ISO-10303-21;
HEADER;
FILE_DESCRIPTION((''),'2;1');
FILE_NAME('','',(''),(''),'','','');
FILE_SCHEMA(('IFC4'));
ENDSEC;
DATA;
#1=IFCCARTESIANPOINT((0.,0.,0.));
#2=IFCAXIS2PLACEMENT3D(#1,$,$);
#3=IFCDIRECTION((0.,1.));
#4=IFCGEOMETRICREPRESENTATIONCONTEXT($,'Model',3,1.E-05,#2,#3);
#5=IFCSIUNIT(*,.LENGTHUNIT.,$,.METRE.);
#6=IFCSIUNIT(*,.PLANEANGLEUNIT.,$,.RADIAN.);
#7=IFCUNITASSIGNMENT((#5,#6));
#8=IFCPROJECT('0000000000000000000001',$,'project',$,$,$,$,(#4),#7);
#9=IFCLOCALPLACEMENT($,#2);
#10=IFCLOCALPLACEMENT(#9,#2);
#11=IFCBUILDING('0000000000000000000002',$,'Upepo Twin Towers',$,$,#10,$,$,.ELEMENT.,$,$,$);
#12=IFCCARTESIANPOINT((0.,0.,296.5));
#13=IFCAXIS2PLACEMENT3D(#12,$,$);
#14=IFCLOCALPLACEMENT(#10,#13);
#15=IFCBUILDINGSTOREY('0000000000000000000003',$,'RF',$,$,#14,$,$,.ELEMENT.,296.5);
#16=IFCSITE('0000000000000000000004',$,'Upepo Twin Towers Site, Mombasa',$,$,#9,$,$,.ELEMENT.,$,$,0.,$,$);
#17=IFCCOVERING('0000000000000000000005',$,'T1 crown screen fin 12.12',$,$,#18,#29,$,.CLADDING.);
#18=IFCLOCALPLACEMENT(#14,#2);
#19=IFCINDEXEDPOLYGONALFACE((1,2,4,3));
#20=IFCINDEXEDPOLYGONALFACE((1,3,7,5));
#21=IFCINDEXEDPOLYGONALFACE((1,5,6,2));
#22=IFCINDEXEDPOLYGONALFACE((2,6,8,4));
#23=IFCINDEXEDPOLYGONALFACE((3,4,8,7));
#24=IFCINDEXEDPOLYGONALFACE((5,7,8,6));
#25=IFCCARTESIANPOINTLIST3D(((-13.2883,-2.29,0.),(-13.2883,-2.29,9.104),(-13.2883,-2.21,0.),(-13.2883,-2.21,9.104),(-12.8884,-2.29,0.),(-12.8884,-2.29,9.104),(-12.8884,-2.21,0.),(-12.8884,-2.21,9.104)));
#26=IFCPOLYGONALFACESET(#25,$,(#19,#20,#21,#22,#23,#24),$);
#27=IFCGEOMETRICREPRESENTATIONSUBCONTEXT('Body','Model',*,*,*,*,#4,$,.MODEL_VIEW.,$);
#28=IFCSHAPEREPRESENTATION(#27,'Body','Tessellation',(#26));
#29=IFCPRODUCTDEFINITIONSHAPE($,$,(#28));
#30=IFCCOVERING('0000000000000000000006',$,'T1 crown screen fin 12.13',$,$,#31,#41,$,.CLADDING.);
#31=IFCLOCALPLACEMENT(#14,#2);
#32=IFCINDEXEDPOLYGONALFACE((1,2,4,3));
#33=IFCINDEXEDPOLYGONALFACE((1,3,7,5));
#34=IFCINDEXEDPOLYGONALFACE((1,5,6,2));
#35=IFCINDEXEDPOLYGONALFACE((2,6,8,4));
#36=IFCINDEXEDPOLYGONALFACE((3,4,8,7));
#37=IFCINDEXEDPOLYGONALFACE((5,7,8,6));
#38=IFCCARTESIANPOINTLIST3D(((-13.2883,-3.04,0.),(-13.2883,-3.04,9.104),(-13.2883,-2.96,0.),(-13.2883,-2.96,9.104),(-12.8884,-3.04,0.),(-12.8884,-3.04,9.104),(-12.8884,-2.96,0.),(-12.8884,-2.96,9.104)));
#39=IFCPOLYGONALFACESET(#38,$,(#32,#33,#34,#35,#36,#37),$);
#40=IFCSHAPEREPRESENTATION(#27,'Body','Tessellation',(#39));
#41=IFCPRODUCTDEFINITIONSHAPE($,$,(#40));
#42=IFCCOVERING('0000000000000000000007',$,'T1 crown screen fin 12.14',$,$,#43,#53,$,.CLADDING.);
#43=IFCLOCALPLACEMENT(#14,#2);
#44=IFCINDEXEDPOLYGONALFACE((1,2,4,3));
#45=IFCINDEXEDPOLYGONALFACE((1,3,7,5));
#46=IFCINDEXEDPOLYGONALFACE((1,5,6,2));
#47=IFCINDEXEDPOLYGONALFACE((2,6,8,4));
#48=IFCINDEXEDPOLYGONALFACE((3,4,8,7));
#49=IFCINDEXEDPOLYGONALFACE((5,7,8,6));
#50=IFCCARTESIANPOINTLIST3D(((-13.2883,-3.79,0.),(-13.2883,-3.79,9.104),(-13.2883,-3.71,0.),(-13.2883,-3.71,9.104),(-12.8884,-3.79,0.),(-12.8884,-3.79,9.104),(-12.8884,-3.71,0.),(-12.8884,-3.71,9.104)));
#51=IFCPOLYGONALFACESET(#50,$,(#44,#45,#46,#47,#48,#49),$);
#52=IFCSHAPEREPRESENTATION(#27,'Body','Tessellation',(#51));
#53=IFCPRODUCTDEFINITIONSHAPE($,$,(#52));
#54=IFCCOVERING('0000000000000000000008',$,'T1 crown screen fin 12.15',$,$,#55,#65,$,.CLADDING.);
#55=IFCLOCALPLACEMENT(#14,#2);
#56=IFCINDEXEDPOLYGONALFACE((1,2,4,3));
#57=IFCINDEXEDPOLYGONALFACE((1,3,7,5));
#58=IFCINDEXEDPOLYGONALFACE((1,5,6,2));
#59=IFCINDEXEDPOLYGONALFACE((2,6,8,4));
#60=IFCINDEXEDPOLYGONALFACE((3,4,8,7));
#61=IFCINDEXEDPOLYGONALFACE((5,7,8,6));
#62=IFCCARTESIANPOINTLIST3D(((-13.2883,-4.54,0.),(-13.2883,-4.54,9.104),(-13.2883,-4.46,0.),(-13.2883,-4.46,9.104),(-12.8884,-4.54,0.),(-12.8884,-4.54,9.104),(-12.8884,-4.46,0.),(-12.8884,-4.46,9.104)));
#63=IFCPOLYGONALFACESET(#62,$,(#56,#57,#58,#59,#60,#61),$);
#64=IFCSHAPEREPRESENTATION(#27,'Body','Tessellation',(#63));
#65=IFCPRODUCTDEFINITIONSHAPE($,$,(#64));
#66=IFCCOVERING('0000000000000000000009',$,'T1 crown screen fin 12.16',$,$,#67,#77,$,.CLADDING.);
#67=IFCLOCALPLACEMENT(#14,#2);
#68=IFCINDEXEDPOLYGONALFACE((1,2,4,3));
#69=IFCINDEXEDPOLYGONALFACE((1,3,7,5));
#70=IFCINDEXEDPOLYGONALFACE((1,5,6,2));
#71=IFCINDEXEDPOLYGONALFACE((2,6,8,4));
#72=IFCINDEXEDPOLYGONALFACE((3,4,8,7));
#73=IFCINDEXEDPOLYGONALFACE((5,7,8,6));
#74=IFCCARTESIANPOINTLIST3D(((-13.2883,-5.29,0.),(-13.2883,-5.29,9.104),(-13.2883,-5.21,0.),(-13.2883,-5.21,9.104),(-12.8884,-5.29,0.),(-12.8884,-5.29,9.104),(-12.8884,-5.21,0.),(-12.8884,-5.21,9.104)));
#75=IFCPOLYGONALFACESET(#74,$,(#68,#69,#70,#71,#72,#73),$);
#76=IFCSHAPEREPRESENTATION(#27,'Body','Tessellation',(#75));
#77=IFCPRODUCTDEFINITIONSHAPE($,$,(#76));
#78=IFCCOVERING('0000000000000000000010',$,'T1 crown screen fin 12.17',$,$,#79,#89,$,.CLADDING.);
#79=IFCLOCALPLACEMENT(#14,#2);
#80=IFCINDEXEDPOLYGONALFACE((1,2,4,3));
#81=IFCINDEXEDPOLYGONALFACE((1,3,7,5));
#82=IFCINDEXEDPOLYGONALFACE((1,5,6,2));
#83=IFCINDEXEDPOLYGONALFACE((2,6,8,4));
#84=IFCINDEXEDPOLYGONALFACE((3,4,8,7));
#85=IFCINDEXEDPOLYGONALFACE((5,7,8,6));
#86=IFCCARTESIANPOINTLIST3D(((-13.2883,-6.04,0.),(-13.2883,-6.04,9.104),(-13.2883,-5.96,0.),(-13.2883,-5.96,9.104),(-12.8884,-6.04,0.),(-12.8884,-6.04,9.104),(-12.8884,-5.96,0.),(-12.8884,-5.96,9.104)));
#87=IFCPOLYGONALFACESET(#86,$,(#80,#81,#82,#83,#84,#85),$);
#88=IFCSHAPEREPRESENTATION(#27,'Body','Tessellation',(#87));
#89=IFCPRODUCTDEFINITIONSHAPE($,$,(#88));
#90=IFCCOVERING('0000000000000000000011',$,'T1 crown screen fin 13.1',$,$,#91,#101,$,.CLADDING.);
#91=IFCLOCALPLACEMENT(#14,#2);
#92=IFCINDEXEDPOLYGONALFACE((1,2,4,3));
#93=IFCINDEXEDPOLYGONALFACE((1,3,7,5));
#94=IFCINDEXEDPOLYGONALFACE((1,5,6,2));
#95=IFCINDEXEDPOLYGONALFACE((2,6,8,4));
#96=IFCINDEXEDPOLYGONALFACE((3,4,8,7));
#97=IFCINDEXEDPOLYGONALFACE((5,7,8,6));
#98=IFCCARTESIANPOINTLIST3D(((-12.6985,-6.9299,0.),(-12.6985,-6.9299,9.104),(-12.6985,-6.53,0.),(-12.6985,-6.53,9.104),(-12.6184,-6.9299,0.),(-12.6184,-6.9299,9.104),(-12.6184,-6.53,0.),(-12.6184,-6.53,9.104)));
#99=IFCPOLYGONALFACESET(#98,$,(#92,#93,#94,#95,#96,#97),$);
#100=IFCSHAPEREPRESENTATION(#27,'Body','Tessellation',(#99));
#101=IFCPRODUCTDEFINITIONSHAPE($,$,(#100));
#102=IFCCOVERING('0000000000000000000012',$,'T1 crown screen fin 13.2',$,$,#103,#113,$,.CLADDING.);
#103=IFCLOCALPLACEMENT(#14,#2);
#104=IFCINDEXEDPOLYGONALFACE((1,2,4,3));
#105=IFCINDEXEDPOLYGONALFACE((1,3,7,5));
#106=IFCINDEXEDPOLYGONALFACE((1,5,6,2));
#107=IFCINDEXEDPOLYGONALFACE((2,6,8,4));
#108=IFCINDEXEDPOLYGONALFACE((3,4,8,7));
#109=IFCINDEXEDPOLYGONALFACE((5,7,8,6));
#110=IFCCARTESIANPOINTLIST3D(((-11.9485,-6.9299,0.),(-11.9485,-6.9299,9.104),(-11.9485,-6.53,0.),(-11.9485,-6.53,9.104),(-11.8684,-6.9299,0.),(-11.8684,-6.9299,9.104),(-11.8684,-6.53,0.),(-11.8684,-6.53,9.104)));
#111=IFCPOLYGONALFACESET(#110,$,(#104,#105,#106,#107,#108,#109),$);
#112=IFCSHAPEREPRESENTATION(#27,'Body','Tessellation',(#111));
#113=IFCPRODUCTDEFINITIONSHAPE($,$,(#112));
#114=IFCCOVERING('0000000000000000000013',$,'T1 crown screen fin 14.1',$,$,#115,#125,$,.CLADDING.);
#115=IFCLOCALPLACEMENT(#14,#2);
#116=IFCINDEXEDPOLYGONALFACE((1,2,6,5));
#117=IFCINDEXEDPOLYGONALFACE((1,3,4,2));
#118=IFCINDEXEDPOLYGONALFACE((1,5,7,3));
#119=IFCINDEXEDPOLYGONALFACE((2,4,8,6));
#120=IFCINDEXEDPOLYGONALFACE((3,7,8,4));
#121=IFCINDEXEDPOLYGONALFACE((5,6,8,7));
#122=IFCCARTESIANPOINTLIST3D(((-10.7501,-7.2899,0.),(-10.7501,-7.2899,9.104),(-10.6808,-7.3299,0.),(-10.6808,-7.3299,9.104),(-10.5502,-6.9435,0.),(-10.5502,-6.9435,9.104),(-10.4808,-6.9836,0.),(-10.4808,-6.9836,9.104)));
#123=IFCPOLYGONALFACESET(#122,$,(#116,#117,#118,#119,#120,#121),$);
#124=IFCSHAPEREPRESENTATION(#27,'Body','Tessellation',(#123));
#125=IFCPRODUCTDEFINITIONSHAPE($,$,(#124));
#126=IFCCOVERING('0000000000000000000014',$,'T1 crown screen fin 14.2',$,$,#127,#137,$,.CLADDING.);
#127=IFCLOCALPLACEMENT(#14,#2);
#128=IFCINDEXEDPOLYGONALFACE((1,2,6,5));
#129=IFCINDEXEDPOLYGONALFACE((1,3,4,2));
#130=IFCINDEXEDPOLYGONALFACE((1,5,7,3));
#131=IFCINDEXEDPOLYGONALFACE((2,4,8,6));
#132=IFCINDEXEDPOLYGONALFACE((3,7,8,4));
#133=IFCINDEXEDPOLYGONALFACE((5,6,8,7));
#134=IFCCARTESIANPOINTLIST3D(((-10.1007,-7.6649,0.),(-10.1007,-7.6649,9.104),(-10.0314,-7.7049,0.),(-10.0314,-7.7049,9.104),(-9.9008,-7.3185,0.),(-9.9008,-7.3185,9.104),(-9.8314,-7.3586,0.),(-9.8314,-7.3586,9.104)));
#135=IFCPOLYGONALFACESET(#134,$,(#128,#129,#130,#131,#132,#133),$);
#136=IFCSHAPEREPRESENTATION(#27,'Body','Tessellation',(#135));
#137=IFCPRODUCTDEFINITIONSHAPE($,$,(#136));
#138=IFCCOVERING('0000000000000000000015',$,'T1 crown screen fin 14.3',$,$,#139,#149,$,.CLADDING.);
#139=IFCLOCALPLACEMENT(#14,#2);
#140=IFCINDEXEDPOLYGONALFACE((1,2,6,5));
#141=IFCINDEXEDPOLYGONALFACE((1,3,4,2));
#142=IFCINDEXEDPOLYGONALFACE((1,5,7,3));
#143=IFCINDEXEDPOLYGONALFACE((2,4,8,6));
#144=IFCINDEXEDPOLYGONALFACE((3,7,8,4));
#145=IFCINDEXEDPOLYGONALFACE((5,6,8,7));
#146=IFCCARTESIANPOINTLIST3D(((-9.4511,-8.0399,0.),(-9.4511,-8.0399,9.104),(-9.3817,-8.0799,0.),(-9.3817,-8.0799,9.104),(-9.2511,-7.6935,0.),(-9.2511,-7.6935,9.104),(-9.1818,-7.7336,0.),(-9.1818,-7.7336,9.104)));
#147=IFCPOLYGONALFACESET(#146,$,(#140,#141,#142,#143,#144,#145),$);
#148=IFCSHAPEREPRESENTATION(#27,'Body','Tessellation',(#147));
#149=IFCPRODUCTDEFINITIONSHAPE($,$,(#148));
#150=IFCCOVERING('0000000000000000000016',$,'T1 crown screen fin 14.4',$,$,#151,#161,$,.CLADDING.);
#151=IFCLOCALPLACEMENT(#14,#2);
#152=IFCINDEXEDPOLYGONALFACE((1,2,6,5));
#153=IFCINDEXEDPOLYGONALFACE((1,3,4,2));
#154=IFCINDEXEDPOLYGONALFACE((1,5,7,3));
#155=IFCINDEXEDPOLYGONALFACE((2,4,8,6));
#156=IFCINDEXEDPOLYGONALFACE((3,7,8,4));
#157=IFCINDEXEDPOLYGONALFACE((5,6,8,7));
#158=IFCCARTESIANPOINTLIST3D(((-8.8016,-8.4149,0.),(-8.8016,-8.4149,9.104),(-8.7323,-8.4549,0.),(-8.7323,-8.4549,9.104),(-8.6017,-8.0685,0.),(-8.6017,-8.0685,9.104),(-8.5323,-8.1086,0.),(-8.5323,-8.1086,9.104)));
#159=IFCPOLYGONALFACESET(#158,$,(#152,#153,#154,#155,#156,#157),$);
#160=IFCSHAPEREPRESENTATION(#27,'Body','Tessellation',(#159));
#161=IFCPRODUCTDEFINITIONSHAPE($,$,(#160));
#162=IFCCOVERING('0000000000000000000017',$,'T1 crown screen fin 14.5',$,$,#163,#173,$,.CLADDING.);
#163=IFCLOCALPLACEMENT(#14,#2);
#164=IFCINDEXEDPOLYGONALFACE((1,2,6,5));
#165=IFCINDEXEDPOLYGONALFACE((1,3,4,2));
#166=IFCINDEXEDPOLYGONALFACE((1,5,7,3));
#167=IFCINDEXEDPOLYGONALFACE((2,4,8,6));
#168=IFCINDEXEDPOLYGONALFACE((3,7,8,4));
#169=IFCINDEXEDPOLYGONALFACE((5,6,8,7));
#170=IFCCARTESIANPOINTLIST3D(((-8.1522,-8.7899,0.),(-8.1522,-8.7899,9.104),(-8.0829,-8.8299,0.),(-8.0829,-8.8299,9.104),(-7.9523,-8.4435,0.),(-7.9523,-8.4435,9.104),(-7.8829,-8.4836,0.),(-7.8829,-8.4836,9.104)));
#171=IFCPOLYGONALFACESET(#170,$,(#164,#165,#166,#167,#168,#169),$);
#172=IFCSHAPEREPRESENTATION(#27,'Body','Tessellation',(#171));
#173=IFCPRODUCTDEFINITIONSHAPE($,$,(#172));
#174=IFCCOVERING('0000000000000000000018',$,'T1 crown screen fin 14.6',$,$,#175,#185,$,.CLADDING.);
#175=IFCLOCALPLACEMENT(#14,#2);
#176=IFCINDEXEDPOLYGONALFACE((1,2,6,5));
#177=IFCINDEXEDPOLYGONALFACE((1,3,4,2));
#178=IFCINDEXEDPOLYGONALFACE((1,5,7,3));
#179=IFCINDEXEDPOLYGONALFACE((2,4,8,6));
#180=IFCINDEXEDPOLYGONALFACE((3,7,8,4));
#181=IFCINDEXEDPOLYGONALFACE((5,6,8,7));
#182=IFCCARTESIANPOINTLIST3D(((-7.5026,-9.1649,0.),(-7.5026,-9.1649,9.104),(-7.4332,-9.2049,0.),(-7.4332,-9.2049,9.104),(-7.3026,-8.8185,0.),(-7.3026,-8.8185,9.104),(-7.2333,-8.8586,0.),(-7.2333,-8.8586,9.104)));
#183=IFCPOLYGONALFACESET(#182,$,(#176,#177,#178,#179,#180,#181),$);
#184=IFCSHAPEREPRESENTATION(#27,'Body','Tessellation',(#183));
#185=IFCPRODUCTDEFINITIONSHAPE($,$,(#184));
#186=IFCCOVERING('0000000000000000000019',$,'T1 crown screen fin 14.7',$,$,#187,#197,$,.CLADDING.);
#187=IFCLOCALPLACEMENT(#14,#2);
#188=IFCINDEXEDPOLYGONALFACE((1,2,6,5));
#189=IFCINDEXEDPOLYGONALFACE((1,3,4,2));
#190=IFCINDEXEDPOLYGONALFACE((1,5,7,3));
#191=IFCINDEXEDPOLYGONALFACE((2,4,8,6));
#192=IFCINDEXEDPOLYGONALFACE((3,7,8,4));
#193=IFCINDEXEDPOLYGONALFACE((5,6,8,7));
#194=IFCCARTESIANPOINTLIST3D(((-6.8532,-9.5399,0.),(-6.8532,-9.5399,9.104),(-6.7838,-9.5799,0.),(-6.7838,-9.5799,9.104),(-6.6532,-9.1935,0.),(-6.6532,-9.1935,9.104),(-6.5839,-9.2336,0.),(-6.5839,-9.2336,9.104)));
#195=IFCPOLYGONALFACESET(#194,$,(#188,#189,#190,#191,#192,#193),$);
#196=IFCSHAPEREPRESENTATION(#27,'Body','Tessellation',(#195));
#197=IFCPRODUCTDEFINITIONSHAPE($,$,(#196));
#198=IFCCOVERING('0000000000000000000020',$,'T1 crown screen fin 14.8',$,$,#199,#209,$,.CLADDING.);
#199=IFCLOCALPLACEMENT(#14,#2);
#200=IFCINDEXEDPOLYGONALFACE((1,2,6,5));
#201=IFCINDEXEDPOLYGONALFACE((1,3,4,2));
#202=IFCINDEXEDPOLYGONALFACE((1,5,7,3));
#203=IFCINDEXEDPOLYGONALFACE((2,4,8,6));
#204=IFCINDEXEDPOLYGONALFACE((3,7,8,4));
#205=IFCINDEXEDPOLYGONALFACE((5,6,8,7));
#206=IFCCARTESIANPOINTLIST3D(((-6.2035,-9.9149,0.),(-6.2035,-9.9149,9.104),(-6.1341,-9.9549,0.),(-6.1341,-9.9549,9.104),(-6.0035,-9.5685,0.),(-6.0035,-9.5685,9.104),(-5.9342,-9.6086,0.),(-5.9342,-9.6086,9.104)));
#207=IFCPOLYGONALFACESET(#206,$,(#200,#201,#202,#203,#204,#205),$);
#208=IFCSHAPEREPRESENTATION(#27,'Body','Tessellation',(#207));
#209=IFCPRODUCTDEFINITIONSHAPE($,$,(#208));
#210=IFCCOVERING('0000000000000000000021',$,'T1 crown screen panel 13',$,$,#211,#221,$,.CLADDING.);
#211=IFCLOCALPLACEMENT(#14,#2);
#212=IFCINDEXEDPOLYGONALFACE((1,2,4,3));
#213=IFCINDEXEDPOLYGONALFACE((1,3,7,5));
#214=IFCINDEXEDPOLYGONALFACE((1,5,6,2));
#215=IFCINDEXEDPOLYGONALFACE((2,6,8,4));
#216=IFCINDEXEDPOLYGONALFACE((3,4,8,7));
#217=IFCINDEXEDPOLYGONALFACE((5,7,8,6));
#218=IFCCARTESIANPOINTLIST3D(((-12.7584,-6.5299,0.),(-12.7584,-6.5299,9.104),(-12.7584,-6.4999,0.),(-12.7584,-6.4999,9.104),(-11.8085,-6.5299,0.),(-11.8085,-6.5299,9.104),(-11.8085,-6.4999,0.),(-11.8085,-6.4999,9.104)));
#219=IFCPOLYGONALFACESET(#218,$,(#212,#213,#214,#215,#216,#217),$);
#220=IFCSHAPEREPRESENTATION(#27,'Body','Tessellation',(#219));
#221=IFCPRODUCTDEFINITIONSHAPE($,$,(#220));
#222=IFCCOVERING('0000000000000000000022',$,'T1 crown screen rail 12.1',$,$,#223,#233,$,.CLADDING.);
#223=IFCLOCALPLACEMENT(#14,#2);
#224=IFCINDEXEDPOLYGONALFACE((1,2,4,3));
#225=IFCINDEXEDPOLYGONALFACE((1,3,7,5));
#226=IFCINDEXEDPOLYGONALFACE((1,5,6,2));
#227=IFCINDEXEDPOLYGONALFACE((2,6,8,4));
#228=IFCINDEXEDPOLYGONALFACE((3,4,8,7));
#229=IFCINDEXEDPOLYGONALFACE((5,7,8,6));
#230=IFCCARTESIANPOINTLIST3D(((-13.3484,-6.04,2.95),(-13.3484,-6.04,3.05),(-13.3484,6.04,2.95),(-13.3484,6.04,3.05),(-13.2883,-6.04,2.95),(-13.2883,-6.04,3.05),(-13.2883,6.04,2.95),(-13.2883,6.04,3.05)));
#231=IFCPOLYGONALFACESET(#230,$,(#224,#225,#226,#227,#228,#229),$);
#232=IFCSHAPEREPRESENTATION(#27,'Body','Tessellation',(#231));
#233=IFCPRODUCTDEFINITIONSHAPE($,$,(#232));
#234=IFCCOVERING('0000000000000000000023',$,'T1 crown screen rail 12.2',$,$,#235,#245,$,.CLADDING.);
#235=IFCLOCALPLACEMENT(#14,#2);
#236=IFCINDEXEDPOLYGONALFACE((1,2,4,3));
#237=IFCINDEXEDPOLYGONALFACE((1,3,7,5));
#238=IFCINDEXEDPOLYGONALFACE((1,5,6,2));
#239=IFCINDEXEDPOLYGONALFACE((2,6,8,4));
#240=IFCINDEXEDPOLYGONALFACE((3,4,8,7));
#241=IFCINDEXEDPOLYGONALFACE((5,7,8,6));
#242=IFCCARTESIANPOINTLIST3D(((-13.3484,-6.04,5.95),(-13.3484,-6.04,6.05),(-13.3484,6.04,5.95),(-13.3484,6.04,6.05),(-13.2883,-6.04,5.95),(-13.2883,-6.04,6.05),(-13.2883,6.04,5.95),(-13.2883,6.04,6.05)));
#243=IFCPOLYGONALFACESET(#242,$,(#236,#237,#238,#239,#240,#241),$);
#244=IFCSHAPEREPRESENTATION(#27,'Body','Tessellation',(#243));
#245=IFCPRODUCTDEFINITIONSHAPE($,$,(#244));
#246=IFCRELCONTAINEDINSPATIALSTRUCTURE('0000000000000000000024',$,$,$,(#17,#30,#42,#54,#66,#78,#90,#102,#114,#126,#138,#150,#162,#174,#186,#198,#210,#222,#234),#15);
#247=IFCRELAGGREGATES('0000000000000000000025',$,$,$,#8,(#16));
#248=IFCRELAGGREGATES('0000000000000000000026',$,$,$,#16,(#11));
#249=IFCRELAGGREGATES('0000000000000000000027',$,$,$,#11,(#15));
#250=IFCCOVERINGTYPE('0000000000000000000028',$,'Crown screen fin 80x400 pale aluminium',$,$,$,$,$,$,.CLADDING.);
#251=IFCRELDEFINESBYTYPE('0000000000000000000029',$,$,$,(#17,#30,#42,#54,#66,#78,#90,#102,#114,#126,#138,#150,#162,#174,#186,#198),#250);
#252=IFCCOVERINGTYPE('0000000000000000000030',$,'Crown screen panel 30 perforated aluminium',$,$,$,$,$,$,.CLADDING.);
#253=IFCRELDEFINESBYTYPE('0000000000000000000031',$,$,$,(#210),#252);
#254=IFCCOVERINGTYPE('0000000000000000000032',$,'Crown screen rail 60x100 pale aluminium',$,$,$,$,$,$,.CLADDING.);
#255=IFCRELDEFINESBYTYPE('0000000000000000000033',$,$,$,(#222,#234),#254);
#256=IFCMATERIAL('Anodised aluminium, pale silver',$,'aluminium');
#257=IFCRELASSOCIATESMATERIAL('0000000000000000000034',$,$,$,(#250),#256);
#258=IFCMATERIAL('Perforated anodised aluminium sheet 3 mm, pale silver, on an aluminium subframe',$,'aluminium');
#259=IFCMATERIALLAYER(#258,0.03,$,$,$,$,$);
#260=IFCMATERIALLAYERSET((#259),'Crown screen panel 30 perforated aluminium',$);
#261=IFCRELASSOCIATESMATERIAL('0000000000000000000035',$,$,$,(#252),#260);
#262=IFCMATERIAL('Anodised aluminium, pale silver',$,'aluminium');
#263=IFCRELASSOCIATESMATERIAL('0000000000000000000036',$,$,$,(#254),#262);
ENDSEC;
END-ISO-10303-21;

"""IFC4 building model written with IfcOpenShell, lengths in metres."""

from ifc_helpers import new_model, si_unit, direction, frame, origin, origin_2d, place, context, subcontext, project, spatial, rectangle, extrude, material, layer, layer_set, type_object, element, save


model = new_model("IFC4")

# Units and contexts
model_context = context("Model", 3, precision=1e-05, world=origin(), true_north=direction((0.0, 1.0)))
body_context = subcontext(model_context, "Body", "Model", "MODEL_VIEW")
ifc_project = project(units=[si_unit("LENGTHUNIT", "METRE"), si_unit("PLANEANGLEUNIT", "RADIAN")], contexts=[model_context])

# Site, building, storey
site_placement = place(None, origin())
site = spatial("IfcSite", under=ifc_project, at=site_placement, Name="Upepo Twin Towers Site, Mombasa", CompositionType="ELEMENT", RefElevation=0.0)
building_placement = place(site_placement, origin())
building = spatial("IfcBuilding", under=site, at=building_placement, Name="Upepo Twin Towers", CompositionType="ELEMENT")
storey_placement = place(building_placement, frame((0.0, 0.0, 296.5)))
storey = spatial("IfcBuildingStorey", under=building, at=storey_placement, Name="RF", CompositionType="ELEMENT", Elevation=296.5)

# Coverings
ifc_material_1 = material(Name="Anodised aluminium, pale silver", Category="aluminium")
covering_type_1 = type_object("IfcCoveringType", Name="Crown screen fin 80x400 pale aluminium", PredefinedType="CLADDING", material=ifc_material_1)
for number, where, z_axis, x_axis, name in (
    (1, (-13.0884, -2.25, 0.0), (0.0, 0.0, 1.0), (0.0, -1.0, 0.0), "T1 crown screen fin 12.12"),
    (2, (-13.0884, -3.0, 0.0), (0.0, 0.0, 1.0), (0.0, -1.0, 0.0), "T1 crown screen fin 12.13"),
    (3, (-13.0884, -3.75, 0.0), (0.0, 0.0, 1.0), (0.0, -1.0, 0.0), "T1 crown screen fin 12.14"),
    (4, (-13.0884, -4.5, 0.0), (0.0, 0.0, 1.0), (0.0, -1.0, 0.0), "T1 crown screen fin 12.15"),
    (5, (-13.0884, -5.25, 0.0), (0.0, 0.0, 1.0), (0.0, -1.0, 0.0), "T1 crown screen fin 12.16"),
    (6, (-13.0884, -6.0, 0.0), (0.0, 0.0, 1.0), (0.0, -1.0, 0.0), "T1 crown screen fin 12.17"),
    (7, (-12.6584, -6.73, 0.0), (0.0, 0.0, 1.0), (1.0, 0.0, 0.0), "T1 crown screen fin 13.1"),
    (8, (-11.9084, -6.73, 0.0), (0.0, 0.0, 1.0), (1.0, 0.0, 0.0), "T1 crown screen fin 13.2"),
    (9, (-10.6155, -7.1367, 0.0), (0.0, 0.0, 1.0), (0.866025, -0.5, 0.0), "T1 crown screen fin 14.1"),
    (10, (-9.9661, -7.5117, 0.0), (0.0, 0.0, 1.0), (0.866025, -0.5, 0.0), "T1 crown screen fin 14.2"),
    (11, (-9.3164, -7.8867, 0.0), (0.0, 0.0, 1.0), (0.866025, -0.5, 0.0), "T1 crown screen fin 14.3"),
    (12, (-8.667, -8.2617, 0.0), (0.0, 0.0, 1.0), (0.866025, -0.5, 0.0), "T1 crown screen fin 14.4"),
    (13, (-8.0176, -8.6367, 0.0), (0.0, 0.0, 1.0), (0.866025, -0.5, 0.0), "T1 crown screen fin 14.5"),
    (14, (-7.3679, -9.0117, 0.0), (0.0, 0.0, 1.0), (0.866025, -0.5, 0.0), "T1 crown screen fin 14.6"),
    (15, (-6.7185, -9.3867, 0.0), (0.0, 0.0, 1.0), (0.866025, -0.5, 0.0), "T1 crown screen fin 14.7"),
    (16, (-6.0688, -9.7617, 0.0), (0.0, 0.0, 1.0), (0.866025, -0.5, 0.0), "T1 crown screen fin 14.8"),
):
    element("IfcCovering", number, at=place(storey_placement, frame(where, z_axis=z_axis, x_axis=x_axis)), inside=storey, type_object=covering_type_1, Name=name, PredefinedType="CLADDING", context=body_context, shape_type="SweptSolid", body=[
        extrude(rectangle(XDim=0.0801, YDim=0.3999, at=origin_2d()), origin(), (0.0, 0.0, 1.0), 9.104),
    ])
ifc_material_2 = material(Name="Perforated anodised aluminium sheet 3 mm, pale silver, on an aluminium subframe", Category="aluminium")
ifc_layer_1 = layer(ifc_material_2, 0.03)
ifc_layer_set_1 = layer_set([ifc_layer_1], Name="Crown screen panel 30 perforated aluminium")
covering_type_2 = type_object("IfcCoveringType", Name="Crown screen panel 30 perforated aluminium", PredefinedType="CLADDING", material=ifc_layer_set_1)
covering_1_placement = place(storey_placement, frame((-12.2834, -6.5149, 0.0), z_axis=(0.0, 0.0, 1.0), x_axis=(1.0, 0.0, 0.0)))
element("IfcCovering", 17, at=covering_1_placement, inside=storey, type_object=covering_type_2, Name="T1 crown screen panel 13", PredefinedType="CLADDING", context=body_context, shape_type="SweptSolid", body=[
    extrude(rectangle(XDim=0.95, YDim=0.03, at=origin_2d()), origin(), (0.0, 0.0, 1.0), 9.104),
])
ifc_material_3 = material(Name="Anodised aluminium, pale silver", Category="aluminium")
covering_type_3 = type_object("IfcCoveringType", Name="Crown screen rail 60x100 pale aluminium", PredefinedType="CLADDING", material=ifc_material_3)
for number, where, z_axis, x_axis, name in (
    (18, (-13.3184, 0.0, 2.95), (0.0, 0.0, 1.0), (0.0, -1.0, 0.0), "T1 crown screen rail 12.1"),
    (19, (-13.3184, 0.0, 5.95), (0.0, 0.0, 1.0), (0.0, -1.0, 0.0), "T1 crown screen rail 12.2"),
):
    element("IfcCovering", number, at=place(storey_placement, frame(where, z_axis=z_axis, x_axis=x_axis)), inside=storey, type_object=covering_type_3, Name=name, PredefinedType="CLADDING", context=body_context, shape_type="SweptSolid", body=[
        extrude(rectangle(XDim=12.0801, YDim=0.0601, at=origin_2d()), origin(), (0.0, 0.0, 1.0), 0.1001),
    ])

save(model, "model.ifc")
